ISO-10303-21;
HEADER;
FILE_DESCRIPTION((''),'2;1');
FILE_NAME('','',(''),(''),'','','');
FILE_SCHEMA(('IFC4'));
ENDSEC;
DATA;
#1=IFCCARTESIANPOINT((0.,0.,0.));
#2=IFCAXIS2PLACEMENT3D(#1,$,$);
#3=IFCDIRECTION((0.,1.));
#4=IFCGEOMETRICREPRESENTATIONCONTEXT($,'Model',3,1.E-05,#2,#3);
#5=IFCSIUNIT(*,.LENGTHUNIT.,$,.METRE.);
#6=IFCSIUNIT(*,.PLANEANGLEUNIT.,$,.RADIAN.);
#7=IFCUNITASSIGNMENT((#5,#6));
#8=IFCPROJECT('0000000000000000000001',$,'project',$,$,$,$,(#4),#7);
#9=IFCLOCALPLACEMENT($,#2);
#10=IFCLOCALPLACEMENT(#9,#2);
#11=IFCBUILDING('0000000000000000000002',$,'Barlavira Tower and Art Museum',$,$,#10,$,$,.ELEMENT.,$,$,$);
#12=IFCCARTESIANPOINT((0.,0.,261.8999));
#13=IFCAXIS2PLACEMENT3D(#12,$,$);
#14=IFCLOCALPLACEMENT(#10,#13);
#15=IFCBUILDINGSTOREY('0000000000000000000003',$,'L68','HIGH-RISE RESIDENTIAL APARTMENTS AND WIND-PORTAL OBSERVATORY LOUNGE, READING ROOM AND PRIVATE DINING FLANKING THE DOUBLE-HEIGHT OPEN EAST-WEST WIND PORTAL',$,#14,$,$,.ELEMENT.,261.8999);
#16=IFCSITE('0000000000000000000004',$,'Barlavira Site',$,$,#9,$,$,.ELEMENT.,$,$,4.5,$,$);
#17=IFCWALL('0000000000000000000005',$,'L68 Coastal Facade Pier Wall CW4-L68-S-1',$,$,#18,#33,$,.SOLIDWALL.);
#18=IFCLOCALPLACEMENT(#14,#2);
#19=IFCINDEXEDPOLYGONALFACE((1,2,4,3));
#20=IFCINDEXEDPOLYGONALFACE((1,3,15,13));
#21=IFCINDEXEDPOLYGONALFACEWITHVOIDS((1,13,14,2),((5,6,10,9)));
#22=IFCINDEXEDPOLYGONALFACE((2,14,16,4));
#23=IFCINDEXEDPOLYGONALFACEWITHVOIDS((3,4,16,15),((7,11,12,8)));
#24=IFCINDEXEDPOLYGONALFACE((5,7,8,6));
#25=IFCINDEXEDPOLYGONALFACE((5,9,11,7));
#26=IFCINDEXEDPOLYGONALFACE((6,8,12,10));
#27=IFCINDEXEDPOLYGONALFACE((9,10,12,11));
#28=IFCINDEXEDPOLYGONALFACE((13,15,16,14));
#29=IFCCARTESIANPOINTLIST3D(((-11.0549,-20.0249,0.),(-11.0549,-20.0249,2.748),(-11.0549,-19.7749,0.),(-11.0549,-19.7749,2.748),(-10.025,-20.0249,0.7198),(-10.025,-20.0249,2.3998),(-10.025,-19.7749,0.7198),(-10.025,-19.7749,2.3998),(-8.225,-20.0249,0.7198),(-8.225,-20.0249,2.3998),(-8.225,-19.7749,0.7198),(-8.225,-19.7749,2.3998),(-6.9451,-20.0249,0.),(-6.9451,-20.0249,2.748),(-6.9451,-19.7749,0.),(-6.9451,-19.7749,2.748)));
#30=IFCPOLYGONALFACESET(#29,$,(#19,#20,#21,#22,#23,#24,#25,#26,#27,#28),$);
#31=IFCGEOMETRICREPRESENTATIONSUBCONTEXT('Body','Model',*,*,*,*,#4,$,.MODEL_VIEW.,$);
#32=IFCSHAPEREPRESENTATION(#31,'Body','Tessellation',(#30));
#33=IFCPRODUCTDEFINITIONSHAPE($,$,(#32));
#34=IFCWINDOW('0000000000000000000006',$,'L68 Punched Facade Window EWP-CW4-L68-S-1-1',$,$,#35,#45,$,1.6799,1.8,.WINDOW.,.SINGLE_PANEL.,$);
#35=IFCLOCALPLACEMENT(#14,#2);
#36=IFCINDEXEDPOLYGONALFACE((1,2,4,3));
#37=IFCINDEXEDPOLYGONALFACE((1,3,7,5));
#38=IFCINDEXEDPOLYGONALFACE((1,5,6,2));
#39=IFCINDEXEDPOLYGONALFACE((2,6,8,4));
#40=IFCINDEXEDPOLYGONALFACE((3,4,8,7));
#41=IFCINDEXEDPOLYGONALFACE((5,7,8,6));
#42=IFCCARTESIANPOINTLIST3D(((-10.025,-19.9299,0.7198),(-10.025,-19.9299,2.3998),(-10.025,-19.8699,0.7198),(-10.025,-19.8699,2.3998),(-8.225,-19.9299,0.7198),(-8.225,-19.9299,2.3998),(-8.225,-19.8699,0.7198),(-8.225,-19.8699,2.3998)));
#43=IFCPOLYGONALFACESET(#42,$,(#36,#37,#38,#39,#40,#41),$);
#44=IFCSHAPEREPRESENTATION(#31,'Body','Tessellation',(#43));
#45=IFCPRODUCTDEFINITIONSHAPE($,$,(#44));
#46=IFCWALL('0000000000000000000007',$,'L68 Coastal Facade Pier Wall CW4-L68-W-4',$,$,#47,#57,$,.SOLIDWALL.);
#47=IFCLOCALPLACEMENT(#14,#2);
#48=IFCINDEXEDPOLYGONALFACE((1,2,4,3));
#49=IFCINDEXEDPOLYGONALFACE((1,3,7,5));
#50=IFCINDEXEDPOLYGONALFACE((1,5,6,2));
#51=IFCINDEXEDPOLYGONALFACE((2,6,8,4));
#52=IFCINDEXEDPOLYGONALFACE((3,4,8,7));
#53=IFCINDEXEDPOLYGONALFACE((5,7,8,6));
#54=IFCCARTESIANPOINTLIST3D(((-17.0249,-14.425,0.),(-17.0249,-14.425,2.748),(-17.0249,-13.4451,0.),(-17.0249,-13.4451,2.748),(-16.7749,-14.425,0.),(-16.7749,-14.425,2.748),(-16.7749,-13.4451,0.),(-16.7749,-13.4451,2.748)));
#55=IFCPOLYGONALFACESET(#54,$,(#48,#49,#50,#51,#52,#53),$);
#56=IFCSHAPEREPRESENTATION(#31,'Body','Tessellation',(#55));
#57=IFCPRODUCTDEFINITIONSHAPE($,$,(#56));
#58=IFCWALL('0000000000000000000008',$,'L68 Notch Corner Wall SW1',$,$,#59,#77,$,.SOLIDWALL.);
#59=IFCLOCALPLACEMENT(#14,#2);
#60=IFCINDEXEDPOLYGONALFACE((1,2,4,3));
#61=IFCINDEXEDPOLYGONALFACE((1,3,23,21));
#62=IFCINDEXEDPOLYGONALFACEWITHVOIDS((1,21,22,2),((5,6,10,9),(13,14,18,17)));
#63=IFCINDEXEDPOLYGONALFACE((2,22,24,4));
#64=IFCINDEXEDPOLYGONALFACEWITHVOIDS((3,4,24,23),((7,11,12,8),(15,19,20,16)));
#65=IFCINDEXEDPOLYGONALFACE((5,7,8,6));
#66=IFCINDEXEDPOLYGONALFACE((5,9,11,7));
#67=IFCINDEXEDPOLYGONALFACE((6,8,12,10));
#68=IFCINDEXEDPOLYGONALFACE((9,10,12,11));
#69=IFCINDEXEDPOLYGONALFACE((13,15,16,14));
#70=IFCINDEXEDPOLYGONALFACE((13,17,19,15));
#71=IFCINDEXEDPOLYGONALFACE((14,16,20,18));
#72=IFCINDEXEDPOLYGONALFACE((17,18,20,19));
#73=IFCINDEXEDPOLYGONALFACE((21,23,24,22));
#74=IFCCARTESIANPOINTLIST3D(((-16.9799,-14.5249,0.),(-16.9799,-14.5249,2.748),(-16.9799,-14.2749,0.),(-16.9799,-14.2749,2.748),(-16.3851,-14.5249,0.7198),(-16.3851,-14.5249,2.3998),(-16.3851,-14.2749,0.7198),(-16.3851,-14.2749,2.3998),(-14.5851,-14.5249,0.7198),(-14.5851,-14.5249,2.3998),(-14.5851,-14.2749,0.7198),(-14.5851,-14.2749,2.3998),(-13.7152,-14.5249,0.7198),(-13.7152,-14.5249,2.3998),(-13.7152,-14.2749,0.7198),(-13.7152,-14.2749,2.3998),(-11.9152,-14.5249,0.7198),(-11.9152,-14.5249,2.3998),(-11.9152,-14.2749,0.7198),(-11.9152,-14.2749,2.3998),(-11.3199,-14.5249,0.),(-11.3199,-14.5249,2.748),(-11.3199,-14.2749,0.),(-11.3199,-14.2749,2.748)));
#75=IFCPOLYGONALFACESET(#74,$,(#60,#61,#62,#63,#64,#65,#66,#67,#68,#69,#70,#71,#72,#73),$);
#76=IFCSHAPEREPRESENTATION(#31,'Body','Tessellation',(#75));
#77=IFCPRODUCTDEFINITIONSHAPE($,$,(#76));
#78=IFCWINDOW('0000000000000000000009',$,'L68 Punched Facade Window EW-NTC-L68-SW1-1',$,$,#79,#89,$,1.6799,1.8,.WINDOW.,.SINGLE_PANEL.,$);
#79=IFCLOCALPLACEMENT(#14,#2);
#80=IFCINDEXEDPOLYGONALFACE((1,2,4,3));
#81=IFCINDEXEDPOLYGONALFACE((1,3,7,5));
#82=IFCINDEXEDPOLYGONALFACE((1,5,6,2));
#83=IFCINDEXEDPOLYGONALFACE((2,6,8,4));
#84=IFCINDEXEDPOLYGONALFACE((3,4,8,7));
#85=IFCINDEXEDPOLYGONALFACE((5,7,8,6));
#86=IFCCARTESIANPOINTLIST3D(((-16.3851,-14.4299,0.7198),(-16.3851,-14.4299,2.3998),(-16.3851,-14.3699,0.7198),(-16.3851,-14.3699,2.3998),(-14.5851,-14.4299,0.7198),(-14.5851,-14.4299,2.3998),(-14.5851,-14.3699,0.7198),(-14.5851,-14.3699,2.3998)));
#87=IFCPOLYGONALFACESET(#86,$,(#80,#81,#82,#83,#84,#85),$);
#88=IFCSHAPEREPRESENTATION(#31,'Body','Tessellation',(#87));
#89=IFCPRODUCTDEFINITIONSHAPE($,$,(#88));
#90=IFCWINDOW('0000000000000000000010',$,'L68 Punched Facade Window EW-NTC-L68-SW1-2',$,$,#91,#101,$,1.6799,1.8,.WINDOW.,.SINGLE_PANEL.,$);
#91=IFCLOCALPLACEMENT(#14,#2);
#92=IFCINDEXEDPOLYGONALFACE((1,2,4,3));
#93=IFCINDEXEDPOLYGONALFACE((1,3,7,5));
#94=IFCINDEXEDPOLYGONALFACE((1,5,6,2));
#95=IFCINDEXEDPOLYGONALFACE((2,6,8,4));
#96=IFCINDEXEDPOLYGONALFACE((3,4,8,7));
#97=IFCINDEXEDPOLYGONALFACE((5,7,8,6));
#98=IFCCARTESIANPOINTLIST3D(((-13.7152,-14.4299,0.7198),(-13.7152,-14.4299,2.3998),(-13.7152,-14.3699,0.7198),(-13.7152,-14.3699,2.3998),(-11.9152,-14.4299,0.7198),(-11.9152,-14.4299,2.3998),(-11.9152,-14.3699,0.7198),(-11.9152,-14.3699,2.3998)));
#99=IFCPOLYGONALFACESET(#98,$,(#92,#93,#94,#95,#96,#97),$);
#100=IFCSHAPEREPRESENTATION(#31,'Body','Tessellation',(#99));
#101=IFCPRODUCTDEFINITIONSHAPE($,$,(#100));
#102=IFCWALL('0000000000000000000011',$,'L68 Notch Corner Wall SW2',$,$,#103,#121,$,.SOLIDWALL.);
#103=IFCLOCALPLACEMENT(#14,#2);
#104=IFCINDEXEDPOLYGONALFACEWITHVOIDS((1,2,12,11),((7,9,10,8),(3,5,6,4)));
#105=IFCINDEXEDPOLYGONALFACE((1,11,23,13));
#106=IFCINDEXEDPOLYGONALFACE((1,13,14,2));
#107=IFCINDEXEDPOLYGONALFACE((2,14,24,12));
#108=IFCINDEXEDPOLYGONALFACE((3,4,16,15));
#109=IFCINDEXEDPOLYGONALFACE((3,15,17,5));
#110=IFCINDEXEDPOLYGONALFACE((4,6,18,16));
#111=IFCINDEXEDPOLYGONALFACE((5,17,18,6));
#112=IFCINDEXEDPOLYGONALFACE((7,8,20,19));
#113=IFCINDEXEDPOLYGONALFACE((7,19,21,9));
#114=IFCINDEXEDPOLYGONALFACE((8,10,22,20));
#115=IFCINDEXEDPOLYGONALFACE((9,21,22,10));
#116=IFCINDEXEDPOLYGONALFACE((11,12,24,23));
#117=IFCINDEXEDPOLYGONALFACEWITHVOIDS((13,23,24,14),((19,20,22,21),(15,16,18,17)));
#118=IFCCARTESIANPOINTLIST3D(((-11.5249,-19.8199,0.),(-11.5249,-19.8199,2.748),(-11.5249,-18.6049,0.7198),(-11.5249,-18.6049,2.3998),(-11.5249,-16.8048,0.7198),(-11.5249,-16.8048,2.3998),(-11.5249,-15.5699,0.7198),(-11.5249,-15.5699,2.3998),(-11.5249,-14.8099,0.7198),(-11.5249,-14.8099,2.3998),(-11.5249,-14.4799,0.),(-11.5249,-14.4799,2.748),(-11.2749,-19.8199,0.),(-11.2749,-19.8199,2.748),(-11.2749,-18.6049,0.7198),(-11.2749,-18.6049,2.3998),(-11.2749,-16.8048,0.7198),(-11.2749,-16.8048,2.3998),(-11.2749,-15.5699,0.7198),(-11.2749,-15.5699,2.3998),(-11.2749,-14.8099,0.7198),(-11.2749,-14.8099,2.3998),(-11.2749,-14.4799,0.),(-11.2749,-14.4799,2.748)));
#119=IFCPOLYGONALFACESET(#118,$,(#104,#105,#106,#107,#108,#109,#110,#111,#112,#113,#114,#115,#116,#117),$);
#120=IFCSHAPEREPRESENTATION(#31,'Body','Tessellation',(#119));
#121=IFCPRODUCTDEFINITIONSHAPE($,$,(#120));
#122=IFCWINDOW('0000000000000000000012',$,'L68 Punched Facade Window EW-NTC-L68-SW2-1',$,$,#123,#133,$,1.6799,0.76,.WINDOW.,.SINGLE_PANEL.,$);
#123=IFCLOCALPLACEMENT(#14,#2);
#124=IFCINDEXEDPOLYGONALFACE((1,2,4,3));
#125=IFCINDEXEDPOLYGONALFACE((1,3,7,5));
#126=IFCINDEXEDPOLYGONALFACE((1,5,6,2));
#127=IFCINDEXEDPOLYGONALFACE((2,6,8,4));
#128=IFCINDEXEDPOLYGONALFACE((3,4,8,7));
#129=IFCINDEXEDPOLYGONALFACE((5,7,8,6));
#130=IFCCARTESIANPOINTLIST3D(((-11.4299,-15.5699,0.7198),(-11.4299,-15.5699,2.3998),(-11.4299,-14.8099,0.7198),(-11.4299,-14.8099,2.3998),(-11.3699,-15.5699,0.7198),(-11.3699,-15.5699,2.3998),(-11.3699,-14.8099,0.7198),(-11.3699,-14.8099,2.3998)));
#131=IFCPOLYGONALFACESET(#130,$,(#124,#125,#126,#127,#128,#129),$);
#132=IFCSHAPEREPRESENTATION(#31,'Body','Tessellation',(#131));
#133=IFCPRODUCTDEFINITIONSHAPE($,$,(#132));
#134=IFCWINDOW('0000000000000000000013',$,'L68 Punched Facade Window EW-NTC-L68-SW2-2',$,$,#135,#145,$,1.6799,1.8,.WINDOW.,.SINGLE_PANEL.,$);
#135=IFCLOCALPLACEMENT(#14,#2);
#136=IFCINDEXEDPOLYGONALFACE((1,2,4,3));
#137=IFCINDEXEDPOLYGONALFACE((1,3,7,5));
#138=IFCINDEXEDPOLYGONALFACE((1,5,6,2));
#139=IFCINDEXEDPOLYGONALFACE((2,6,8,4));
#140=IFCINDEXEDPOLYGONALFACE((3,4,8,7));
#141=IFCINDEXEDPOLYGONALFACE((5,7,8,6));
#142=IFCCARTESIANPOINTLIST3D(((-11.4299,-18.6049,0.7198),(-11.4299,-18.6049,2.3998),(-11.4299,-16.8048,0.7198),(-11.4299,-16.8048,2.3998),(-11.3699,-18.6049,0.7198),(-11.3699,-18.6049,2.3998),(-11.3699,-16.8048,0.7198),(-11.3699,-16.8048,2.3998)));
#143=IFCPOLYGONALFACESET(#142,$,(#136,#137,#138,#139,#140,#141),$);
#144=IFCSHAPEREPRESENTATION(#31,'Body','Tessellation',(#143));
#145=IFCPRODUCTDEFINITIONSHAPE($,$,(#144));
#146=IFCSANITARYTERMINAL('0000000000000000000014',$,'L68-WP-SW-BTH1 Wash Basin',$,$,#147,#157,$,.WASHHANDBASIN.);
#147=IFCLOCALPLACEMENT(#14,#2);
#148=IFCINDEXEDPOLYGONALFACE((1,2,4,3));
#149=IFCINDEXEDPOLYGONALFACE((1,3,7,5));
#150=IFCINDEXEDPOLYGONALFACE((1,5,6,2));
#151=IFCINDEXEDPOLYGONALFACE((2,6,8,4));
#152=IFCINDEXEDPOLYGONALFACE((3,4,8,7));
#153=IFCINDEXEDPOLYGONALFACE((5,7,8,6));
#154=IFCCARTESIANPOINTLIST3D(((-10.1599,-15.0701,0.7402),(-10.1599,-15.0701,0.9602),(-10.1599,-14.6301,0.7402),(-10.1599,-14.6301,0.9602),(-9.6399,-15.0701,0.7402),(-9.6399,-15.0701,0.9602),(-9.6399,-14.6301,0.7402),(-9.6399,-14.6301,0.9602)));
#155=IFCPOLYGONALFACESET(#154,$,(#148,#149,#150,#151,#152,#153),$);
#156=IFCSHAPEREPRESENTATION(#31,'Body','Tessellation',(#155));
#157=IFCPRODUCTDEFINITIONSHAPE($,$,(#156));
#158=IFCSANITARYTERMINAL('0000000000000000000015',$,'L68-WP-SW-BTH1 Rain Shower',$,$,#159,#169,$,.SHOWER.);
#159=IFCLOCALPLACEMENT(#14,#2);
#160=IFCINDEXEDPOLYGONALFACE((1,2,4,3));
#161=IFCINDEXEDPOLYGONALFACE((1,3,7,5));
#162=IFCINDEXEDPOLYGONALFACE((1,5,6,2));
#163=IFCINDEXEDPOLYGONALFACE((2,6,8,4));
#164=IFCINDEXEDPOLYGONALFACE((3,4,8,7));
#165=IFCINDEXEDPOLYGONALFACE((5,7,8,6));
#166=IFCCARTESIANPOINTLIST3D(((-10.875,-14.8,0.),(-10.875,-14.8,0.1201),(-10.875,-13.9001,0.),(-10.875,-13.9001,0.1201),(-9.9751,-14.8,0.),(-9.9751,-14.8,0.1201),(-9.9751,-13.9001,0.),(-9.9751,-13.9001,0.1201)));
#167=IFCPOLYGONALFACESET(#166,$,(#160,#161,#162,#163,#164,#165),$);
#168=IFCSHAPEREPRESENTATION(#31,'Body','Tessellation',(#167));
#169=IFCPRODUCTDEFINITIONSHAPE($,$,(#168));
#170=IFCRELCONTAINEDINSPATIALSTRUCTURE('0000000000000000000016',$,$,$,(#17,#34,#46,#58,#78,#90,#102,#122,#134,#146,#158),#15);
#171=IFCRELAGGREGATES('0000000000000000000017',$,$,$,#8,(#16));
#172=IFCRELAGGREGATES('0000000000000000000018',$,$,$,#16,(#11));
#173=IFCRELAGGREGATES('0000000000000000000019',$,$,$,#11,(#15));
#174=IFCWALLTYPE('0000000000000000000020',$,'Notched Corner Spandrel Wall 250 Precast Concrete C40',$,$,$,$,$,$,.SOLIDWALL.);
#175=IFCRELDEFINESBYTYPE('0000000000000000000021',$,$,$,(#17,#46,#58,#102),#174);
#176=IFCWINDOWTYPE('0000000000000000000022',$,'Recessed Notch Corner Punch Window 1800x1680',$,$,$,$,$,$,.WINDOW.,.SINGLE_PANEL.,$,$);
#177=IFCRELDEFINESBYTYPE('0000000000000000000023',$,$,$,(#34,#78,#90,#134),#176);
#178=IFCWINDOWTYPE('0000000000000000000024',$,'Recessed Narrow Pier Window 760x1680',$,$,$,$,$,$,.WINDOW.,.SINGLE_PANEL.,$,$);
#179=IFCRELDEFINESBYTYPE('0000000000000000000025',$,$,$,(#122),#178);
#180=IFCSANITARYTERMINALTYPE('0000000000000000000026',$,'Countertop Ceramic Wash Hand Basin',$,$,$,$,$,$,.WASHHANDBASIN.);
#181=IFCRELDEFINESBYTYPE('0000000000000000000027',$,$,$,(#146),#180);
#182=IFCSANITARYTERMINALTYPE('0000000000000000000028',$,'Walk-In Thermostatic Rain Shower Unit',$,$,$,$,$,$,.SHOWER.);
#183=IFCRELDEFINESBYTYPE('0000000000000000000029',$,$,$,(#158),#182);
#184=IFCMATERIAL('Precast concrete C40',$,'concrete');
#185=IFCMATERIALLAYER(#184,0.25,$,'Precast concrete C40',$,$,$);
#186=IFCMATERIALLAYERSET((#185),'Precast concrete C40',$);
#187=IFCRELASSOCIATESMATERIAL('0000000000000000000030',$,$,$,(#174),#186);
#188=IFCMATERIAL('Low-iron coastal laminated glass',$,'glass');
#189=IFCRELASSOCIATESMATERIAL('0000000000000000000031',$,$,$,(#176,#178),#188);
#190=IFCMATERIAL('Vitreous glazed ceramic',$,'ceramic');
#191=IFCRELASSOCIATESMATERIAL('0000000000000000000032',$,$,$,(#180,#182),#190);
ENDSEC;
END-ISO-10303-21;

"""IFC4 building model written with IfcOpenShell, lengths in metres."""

from ifc_helpers import new_model, si_unit, direction, frame, frame_2d, origin, origin_2d, place, context, subcontext, project, spatial, rectangle, extrude, material, layer, layer_set, type_object, element, fill, save


model = new_model("IFC4")

# Units and contexts
model_context = context("Model", 3, precision=1e-05, world=origin(), true_north=direction((0.0, 1.0)))
body_context = subcontext(model_context, "Body", "Model", "MODEL_VIEW")
ifc_project = project(units=[si_unit("LENGTHUNIT", "METRE"), si_unit("PLANEANGLEUNIT", "RADIAN")], contexts=[model_context])

# Site, building, storey
site_placement = place(None, origin())
site = spatial("IfcSite", under=ifc_project, at=site_placement, Name="Barlavira Site", CompositionType="ELEMENT", RefElevation=4.5)
building_placement = place(site_placement, origin())
building = spatial("IfcBuilding", under=site, at=building_placement, Name="Barlavira Tower and Art Museum", CompositionType="ELEMENT")
storey_placement = place(building_placement, frame((0.0, 0.0, 261.8999)))
storey = spatial("IfcBuildingStorey", under=building, at=storey_placement, Name="L68", Description="HIGH-RISE RESIDENTIAL APARTMENTS AND WIND-PORTAL OBSERVATORY LOUNGE, READING ROOM AND PRIVATE DINING FLANKING THE DOUBLE-HEIGHT OPEN EAST-WEST WIND PORTAL", CompositionType="ELEMENT", Elevation=261.8999)

# Wall, opening, window
ifc_material_1 = material(Name="Precast concrete C40", Category="concrete")
ifc_layer_1 = layer(ifc_material_1, 0.25, Name="Precast concrete C40")
ifc_layer_set_1 = layer_set([ifc_layer_1], Name="Precast concrete C40")
wall_type_1 = type_object("IfcWallType", Name="Notched Corner Spandrel Wall 250 Precast Concrete C40", PredefinedType="SOLIDWALL", material=ifc_layer_set_1)
wall_1_placement = place(storey_placement, frame((-11.0549, -19.8999, 0.0), z_axis=(0.0, 0.0, 1.0), x_axis=(1.0, 0.0, 0.0)))
wall_1 = element("IfcWall", 1, at=wall_1_placement, inside=storey, type_object=wall_type_1, Name="L68 Coastal Facade Pier Wall CW4-L68-S-1", PredefinedType="SOLIDWALL", context=body_context, shape_type="SweptSolid", body=[
    extrude(rectangle(XDim=4.1099, YDim=0.25, at=frame_2d((2.0549, 0.0))), origin(), (0.0, 0.0, 1.0), 2.748),
])
opening_1_placement = place(wall_1_placement, frame((1.03, 0.0, 0.72)))
opening_1 = element("IfcOpeningElement", 2, at=opening_1_placement, cuts=wall_1, PredefinedType="OPENING", context=body_context, shape_type="SweptSolid", body=[
    extrude(rectangle(XDim=1.8, YDim=1.6799, at=frame_2d((0.8999, 0.8398))), frame((0.0, 0.135, 0.0), z_axis=(0.0, -1.0, 0.0), x_axis=(1.0, 0.0, 0.0)), (0.0, 0.0, 1.0), 0.27),
])
ifc_material_2 = material(Name="Low-iron coastal laminated glass", Category="glass")
window_type_1 = type_object("IfcWindowType", Name="Recessed Notch Corner Punch Window 1800x1680", PartitioningType="SINGLE_PANEL", PredefinedType="WINDOW", material=ifc_material_2)
window_1_placement = place(opening_1_placement, origin())
window_1 = element("IfcWindow", 3, at=window_1_placement, inside=storey, type_object=window_type_1, Name="L68 Punched Facade Window EWP-CW4-L68-S-1-1", OverallHeight=1.6799, OverallWidth=1.8, PartitioningType="SINGLE_PANEL", PredefinedType="WINDOW", context=body_context, shape_type="SweptSolid", body=[
    extrude(rectangle(XDim=1.8, YDim=1.6799, at=frame_2d((0.8999, 0.8398))), frame((0.0, 0.03, 0.0), z_axis=(0.0, -1.0, 0.0), x_axis=(1.0, 0.0, 0.0)), (0.0, 0.0, 1.0), 0.0601),
])
fill(opening_1, window_1)

# Wall
wall_2_placement = place(storey_placement, frame((-16.8999, -13.4451, 0.0), z_axis=(0.0, 0.0, 1.0), x_axis=(0.0, -1.0, 0.0)))
element("IfcWall", 4, at=wall_2_placement, inside=storey, type_object=wall_type_1, Name="L68 Coastal Facade Pier Wall CW4-L68-W-4", PredefinedType="SOLIDWALL", context=body_context, shape_type="SweptSolid", body=[
    extrude(rectangle(XDim=0.98, YDim=0.25, at=frame_2d((0.49, 0.0))), origin(), (0.0, 0.0, 1.0), 2.748),
])

# Walls, openings, windows
wall_3_placement = place(storey_placement, frame((-16.98, -14.3999, 0.0), z_axis=(0.0, 0.0, 1.0), x_axis=(1.0, 0.0, 0.0)))
wall_3 = element("IfcWall", 5, at=wall_3_placement, inside=storey, type_object=wall_type_1, Name="L68 Notch Corner Wall SW1", PredefinedType="SOLIDWALL", context=body_context, shape_type="SweptSolid", body=[
    extrude(rectangle(XDim=5.6599, YDim=0.25, at=frame_2d((2.8301, 0.0))), origin(), (0.0, 0.0, 1.0), 2.748),
])
opening_2_placement = place(wall_3_placement, frame((0.595, 0.0, 0.72)))
opening_2 = element("IfcOpeningElement", 6, at=opening_2_placement, cuts=wall_3, PredefinedType="OPENING", context=body_context, shape_type="SweptSolid", body=[
    extrude(rectangle(XDim=1.8, YDim=1.6799, at=frame_2d((0.8999, 0.8398))), frame((0.0, 0.135, 0.0), z_axis=(0.0, -1.0, 0.0), x_axis=(1.0, 0.0, 0.0)), (0.0, 0.0, 1.0), 0.27),
])
opening_3_placement = place(wall_3_placement, frame((3.2649, 0.0, 0.72)))
opening_3 = element("IfcOpeningElement", 7, at=opening_3_placement, cuts=wall_3, PredefinedType="OPENING", context=body_context, shape_type="SweptSolid", body=[
    extrude(rectangle(XDim=1.8, YDim=1.6799, at=frame_2d((0.8999, 0.8398))), frame((0.0, 0.135, 0.0), z_axis=(0.0, -1.0, 0.0), x_axis=(1.0, 0.0, 0.0)), (0.0, 0.0, 1.0), 0.27),
])
window_2_placement = place(opening_2_placement, origin())
window_2 = element("IfcWindow", 8, at=window_2_placement, inside=storey, type_object=window_type_1, Name="L68 Punched Facade Window EW-NTC-L68-SW1-1", OverallHeight=1.6799, OverallWidth=1.8, PartitioningType="SINGLE_PANEL", PredefinedType="WINDOW", context=body_context, shape_type="SweptSolid", body=[
    extrude(rectangle(XDim=1.8, YDim=1.6799, at=frame_2d((0.8999, 0.8398))), frame((0.0, 0.03, 0.0), z_axis=(0.0, -1.0, 0.0), x_axis=(1.0, 0.0, 0.0)), (0.0, 0.0, 1.0), 0.0601),
])
fill(opening_2, window_2)
window_3_placement = place(opening_3_placement, origin())
window_3 = element("IfcWindow", 9, at=window_3_placement, inside=storey, type_object=window_type_1, Name="L68 Punched Facade Window EW-NTC-L68-SW1-2", OverallHeight=1.6799, OverallWidth=1.8, PartitioningType="SINGLE_PANEL", PredefinedType="WINDOW", context=body_context, shape_type="SweptSolid", body=[
    extrude(rectangle(XDim=1.8, YDim=1.6799, at=frame_2d((0.8999, 0.8398))), frame((0.0, 0.03, 0.0), z_axis=(0.0, -1.0, 0.0), x_axis=(1.0, 0.0, 0.0)), (0.0, 0.0, 1.0), 0.0601),
])
fill(opening_3, window_3)
wall_4_placement = place(storey_placement, frame((-11.3999, -14.48, 0.0), z_axis=(0.0, 0.0, 1.0), x_axis=(0.0, -1.0, 0.0)))
wall_4 = element("IfcWall", 10, at=wall_4_placement, inside=storey, type_object=wall_type_1, Name="L68 Notch Corner Wall SW2", PredefinedType="SOLIDWALL", context=body_context, shape_type="SweptSolid", body=[
    extrude(rectangle(XDim=5.3401, YDim=0.25, at=frame_2d((2.6699, 0.0))), origin(), (0.0, 0.0, 1.0), 2.748),
])
opening_4_placement = place(wall_4_placement, frame((0.3301, 0.0, 0.72)))
opening_4 = element("IfcOpeningElement", 11, at=opening_4_placement, cuts=wall_4, PredefinedType="OPENING", context=body_context, shape_type="SweptSolid", body=[
    extrude(rectangle(XDim=0.76, YDim=1.6799, at=frame_2d((0.3799, 0.8398))), frame((0.0, 0.135, 0.0), z_axis=(0.0, -1.0, 0.0), x_axis=(1.0, 0.0, 0.0)), (0.0, 0.0, 1.0), 0.27),
])
opening_5_placement = place(wall_4_placement, frame((2.325, 0.0, 0.72)))
opening_5 = element("IfcOpeningElement", 12, at=opening_5_placement, cuts=wall_4, PredefinedType="OPENING", context=body_context, shape_type="SweptSolid", body=[
    extrude(rectangle(XDim=1.8, YDim=1.6799, at=frame_2d((0.8999, 0.8398))), frame((0.0, 0.135, 0.0), z_axis=(0.0, -1.0, 0.0), x_axis=(1.0, 0.0, 0.0)), (0.0, 0.0, 1.0), 0.27),
])
window_type_2 = type_object("IfcWindowType", Name="Recessed Narrow Pier Window 760x1680", PartitioningType="SINGLE_PANEL", PredefinedType="WINDOW", material=ifc_material_2)
window_4_placement = place(opening_4_placement, origin())
window_4 = element("IfcWindow", 13, at=window_4_placement, inside=storey, type_object=window_type_2, Name="L68 Punched Facade Window EW-NTC-L68-SW2-1", OverallHeight=1.6799, OverallWidth=0.76, PartitioningType="SINGLE_PANEL", PredefinedType="WINDOW", context=body_context, shape_type="SweptSolid", body=[
    extrude(rectangle(XDim=0.76, YDim=1.6799, at=frame_2d((0.3799, 0.8398))), frame((0.0, 0.03, 0.0), z_axis=(0.0, -1.0, 0.0), x_axis=(1.0, 0.0, 0.0)), (0.0, 0.0, 1.0), 0.0601),
])
fill(opening_4, window_4)
window_5_placement = place(opening_5_placement, origin())
window_5 = element("IfcWindow", 14, at=window_5_placement, inside=storey, type_object=window_type_1, Name="L68 Punched Facade Window EW-NTC-L68-SW2-2", OverallHeight=1.6799, OverallWidth=1.8, PartitioningType="SINGLE_PANEL", PredefinedType="WINDOW", context=body_context, shape_type="SweptSolid", body=[
    extrude(rectangle(XDim=1.8, YDim=1.6799, at=frame_2d((0.8999, 0.8398))), frame((0.0, 0.03, 0.0), z_axis=(0.0, -1.0, 0.0), x_axis=(1.0, 0.0, 0.0)), (0.0, 0.0, 1.0), 0.0601),
])
fill(opening_5, window_5)

# Sanitary terminals
ifc_material_3 = material(Name="Vitreous glazed ceramic", Category="ceramic")
sanitary_terminal_type_1 = type_object("IfcSanitaryTerminalType", Name="Countertop Ceramic Wash Hand Basin", PredefinedType="WASHHANDBASIN", material=ifc_material_3)
sanitary_terminal_1_placement = place(storey_placement, frame((-9.8999, -14.8501, 0.7402), z_axis=(0.0, 0.0, 1.0), x_axis=(1.0, 0.0, 0.0)))
element("IfcSanitaryTerminal", 15, at=sanitary_terminal_1_placement, inside=storey, type_object=sanitary_terminal_type_1, Name="L68-WP-SW-BTH1 Wash Basin", PredefinedType="WASHHANDBASIN", context=body_context, shape_type="SweptSolid", body=[
    extrude(rectangle(XDim=0.52, YDim=0.4399, at=origin_2d()), origin(), (0.0, 0.0, 1.0), 0.22),
])
sanitary_terminal_type_2 = type_object("IfcSanitaryTerminalType", Name="Walk-In Thermostatic Rain Shower Unit", PredefinedType="SHOWER", material=ifc_material_3)
sanitary_terminal_2_placement = place(storey_placement, frame((-10.425, -14.3501, 0.0), z_axis=(0.0, 0.0, 1.0), x_axis=(1.0, 0.0, 0.0)))
element("IfcSanitaryTerminal", 16, at=sanitary_terminal_2_placement, inside=storey, type_object=sanitary_terminal_type_2, Name="L68-WP-SW-BTH1 Rain Shower", PredefinedType="SHOWER", context=body_context, shape_type="SweptSolid", body=[
    extrude(rectangle(XDim=0.8999, YDim=0.8999, at=origin_2d()), origin(), (0.0, 0.0, 1.0), 0.1201),
])

save(model, "model.ifc")
